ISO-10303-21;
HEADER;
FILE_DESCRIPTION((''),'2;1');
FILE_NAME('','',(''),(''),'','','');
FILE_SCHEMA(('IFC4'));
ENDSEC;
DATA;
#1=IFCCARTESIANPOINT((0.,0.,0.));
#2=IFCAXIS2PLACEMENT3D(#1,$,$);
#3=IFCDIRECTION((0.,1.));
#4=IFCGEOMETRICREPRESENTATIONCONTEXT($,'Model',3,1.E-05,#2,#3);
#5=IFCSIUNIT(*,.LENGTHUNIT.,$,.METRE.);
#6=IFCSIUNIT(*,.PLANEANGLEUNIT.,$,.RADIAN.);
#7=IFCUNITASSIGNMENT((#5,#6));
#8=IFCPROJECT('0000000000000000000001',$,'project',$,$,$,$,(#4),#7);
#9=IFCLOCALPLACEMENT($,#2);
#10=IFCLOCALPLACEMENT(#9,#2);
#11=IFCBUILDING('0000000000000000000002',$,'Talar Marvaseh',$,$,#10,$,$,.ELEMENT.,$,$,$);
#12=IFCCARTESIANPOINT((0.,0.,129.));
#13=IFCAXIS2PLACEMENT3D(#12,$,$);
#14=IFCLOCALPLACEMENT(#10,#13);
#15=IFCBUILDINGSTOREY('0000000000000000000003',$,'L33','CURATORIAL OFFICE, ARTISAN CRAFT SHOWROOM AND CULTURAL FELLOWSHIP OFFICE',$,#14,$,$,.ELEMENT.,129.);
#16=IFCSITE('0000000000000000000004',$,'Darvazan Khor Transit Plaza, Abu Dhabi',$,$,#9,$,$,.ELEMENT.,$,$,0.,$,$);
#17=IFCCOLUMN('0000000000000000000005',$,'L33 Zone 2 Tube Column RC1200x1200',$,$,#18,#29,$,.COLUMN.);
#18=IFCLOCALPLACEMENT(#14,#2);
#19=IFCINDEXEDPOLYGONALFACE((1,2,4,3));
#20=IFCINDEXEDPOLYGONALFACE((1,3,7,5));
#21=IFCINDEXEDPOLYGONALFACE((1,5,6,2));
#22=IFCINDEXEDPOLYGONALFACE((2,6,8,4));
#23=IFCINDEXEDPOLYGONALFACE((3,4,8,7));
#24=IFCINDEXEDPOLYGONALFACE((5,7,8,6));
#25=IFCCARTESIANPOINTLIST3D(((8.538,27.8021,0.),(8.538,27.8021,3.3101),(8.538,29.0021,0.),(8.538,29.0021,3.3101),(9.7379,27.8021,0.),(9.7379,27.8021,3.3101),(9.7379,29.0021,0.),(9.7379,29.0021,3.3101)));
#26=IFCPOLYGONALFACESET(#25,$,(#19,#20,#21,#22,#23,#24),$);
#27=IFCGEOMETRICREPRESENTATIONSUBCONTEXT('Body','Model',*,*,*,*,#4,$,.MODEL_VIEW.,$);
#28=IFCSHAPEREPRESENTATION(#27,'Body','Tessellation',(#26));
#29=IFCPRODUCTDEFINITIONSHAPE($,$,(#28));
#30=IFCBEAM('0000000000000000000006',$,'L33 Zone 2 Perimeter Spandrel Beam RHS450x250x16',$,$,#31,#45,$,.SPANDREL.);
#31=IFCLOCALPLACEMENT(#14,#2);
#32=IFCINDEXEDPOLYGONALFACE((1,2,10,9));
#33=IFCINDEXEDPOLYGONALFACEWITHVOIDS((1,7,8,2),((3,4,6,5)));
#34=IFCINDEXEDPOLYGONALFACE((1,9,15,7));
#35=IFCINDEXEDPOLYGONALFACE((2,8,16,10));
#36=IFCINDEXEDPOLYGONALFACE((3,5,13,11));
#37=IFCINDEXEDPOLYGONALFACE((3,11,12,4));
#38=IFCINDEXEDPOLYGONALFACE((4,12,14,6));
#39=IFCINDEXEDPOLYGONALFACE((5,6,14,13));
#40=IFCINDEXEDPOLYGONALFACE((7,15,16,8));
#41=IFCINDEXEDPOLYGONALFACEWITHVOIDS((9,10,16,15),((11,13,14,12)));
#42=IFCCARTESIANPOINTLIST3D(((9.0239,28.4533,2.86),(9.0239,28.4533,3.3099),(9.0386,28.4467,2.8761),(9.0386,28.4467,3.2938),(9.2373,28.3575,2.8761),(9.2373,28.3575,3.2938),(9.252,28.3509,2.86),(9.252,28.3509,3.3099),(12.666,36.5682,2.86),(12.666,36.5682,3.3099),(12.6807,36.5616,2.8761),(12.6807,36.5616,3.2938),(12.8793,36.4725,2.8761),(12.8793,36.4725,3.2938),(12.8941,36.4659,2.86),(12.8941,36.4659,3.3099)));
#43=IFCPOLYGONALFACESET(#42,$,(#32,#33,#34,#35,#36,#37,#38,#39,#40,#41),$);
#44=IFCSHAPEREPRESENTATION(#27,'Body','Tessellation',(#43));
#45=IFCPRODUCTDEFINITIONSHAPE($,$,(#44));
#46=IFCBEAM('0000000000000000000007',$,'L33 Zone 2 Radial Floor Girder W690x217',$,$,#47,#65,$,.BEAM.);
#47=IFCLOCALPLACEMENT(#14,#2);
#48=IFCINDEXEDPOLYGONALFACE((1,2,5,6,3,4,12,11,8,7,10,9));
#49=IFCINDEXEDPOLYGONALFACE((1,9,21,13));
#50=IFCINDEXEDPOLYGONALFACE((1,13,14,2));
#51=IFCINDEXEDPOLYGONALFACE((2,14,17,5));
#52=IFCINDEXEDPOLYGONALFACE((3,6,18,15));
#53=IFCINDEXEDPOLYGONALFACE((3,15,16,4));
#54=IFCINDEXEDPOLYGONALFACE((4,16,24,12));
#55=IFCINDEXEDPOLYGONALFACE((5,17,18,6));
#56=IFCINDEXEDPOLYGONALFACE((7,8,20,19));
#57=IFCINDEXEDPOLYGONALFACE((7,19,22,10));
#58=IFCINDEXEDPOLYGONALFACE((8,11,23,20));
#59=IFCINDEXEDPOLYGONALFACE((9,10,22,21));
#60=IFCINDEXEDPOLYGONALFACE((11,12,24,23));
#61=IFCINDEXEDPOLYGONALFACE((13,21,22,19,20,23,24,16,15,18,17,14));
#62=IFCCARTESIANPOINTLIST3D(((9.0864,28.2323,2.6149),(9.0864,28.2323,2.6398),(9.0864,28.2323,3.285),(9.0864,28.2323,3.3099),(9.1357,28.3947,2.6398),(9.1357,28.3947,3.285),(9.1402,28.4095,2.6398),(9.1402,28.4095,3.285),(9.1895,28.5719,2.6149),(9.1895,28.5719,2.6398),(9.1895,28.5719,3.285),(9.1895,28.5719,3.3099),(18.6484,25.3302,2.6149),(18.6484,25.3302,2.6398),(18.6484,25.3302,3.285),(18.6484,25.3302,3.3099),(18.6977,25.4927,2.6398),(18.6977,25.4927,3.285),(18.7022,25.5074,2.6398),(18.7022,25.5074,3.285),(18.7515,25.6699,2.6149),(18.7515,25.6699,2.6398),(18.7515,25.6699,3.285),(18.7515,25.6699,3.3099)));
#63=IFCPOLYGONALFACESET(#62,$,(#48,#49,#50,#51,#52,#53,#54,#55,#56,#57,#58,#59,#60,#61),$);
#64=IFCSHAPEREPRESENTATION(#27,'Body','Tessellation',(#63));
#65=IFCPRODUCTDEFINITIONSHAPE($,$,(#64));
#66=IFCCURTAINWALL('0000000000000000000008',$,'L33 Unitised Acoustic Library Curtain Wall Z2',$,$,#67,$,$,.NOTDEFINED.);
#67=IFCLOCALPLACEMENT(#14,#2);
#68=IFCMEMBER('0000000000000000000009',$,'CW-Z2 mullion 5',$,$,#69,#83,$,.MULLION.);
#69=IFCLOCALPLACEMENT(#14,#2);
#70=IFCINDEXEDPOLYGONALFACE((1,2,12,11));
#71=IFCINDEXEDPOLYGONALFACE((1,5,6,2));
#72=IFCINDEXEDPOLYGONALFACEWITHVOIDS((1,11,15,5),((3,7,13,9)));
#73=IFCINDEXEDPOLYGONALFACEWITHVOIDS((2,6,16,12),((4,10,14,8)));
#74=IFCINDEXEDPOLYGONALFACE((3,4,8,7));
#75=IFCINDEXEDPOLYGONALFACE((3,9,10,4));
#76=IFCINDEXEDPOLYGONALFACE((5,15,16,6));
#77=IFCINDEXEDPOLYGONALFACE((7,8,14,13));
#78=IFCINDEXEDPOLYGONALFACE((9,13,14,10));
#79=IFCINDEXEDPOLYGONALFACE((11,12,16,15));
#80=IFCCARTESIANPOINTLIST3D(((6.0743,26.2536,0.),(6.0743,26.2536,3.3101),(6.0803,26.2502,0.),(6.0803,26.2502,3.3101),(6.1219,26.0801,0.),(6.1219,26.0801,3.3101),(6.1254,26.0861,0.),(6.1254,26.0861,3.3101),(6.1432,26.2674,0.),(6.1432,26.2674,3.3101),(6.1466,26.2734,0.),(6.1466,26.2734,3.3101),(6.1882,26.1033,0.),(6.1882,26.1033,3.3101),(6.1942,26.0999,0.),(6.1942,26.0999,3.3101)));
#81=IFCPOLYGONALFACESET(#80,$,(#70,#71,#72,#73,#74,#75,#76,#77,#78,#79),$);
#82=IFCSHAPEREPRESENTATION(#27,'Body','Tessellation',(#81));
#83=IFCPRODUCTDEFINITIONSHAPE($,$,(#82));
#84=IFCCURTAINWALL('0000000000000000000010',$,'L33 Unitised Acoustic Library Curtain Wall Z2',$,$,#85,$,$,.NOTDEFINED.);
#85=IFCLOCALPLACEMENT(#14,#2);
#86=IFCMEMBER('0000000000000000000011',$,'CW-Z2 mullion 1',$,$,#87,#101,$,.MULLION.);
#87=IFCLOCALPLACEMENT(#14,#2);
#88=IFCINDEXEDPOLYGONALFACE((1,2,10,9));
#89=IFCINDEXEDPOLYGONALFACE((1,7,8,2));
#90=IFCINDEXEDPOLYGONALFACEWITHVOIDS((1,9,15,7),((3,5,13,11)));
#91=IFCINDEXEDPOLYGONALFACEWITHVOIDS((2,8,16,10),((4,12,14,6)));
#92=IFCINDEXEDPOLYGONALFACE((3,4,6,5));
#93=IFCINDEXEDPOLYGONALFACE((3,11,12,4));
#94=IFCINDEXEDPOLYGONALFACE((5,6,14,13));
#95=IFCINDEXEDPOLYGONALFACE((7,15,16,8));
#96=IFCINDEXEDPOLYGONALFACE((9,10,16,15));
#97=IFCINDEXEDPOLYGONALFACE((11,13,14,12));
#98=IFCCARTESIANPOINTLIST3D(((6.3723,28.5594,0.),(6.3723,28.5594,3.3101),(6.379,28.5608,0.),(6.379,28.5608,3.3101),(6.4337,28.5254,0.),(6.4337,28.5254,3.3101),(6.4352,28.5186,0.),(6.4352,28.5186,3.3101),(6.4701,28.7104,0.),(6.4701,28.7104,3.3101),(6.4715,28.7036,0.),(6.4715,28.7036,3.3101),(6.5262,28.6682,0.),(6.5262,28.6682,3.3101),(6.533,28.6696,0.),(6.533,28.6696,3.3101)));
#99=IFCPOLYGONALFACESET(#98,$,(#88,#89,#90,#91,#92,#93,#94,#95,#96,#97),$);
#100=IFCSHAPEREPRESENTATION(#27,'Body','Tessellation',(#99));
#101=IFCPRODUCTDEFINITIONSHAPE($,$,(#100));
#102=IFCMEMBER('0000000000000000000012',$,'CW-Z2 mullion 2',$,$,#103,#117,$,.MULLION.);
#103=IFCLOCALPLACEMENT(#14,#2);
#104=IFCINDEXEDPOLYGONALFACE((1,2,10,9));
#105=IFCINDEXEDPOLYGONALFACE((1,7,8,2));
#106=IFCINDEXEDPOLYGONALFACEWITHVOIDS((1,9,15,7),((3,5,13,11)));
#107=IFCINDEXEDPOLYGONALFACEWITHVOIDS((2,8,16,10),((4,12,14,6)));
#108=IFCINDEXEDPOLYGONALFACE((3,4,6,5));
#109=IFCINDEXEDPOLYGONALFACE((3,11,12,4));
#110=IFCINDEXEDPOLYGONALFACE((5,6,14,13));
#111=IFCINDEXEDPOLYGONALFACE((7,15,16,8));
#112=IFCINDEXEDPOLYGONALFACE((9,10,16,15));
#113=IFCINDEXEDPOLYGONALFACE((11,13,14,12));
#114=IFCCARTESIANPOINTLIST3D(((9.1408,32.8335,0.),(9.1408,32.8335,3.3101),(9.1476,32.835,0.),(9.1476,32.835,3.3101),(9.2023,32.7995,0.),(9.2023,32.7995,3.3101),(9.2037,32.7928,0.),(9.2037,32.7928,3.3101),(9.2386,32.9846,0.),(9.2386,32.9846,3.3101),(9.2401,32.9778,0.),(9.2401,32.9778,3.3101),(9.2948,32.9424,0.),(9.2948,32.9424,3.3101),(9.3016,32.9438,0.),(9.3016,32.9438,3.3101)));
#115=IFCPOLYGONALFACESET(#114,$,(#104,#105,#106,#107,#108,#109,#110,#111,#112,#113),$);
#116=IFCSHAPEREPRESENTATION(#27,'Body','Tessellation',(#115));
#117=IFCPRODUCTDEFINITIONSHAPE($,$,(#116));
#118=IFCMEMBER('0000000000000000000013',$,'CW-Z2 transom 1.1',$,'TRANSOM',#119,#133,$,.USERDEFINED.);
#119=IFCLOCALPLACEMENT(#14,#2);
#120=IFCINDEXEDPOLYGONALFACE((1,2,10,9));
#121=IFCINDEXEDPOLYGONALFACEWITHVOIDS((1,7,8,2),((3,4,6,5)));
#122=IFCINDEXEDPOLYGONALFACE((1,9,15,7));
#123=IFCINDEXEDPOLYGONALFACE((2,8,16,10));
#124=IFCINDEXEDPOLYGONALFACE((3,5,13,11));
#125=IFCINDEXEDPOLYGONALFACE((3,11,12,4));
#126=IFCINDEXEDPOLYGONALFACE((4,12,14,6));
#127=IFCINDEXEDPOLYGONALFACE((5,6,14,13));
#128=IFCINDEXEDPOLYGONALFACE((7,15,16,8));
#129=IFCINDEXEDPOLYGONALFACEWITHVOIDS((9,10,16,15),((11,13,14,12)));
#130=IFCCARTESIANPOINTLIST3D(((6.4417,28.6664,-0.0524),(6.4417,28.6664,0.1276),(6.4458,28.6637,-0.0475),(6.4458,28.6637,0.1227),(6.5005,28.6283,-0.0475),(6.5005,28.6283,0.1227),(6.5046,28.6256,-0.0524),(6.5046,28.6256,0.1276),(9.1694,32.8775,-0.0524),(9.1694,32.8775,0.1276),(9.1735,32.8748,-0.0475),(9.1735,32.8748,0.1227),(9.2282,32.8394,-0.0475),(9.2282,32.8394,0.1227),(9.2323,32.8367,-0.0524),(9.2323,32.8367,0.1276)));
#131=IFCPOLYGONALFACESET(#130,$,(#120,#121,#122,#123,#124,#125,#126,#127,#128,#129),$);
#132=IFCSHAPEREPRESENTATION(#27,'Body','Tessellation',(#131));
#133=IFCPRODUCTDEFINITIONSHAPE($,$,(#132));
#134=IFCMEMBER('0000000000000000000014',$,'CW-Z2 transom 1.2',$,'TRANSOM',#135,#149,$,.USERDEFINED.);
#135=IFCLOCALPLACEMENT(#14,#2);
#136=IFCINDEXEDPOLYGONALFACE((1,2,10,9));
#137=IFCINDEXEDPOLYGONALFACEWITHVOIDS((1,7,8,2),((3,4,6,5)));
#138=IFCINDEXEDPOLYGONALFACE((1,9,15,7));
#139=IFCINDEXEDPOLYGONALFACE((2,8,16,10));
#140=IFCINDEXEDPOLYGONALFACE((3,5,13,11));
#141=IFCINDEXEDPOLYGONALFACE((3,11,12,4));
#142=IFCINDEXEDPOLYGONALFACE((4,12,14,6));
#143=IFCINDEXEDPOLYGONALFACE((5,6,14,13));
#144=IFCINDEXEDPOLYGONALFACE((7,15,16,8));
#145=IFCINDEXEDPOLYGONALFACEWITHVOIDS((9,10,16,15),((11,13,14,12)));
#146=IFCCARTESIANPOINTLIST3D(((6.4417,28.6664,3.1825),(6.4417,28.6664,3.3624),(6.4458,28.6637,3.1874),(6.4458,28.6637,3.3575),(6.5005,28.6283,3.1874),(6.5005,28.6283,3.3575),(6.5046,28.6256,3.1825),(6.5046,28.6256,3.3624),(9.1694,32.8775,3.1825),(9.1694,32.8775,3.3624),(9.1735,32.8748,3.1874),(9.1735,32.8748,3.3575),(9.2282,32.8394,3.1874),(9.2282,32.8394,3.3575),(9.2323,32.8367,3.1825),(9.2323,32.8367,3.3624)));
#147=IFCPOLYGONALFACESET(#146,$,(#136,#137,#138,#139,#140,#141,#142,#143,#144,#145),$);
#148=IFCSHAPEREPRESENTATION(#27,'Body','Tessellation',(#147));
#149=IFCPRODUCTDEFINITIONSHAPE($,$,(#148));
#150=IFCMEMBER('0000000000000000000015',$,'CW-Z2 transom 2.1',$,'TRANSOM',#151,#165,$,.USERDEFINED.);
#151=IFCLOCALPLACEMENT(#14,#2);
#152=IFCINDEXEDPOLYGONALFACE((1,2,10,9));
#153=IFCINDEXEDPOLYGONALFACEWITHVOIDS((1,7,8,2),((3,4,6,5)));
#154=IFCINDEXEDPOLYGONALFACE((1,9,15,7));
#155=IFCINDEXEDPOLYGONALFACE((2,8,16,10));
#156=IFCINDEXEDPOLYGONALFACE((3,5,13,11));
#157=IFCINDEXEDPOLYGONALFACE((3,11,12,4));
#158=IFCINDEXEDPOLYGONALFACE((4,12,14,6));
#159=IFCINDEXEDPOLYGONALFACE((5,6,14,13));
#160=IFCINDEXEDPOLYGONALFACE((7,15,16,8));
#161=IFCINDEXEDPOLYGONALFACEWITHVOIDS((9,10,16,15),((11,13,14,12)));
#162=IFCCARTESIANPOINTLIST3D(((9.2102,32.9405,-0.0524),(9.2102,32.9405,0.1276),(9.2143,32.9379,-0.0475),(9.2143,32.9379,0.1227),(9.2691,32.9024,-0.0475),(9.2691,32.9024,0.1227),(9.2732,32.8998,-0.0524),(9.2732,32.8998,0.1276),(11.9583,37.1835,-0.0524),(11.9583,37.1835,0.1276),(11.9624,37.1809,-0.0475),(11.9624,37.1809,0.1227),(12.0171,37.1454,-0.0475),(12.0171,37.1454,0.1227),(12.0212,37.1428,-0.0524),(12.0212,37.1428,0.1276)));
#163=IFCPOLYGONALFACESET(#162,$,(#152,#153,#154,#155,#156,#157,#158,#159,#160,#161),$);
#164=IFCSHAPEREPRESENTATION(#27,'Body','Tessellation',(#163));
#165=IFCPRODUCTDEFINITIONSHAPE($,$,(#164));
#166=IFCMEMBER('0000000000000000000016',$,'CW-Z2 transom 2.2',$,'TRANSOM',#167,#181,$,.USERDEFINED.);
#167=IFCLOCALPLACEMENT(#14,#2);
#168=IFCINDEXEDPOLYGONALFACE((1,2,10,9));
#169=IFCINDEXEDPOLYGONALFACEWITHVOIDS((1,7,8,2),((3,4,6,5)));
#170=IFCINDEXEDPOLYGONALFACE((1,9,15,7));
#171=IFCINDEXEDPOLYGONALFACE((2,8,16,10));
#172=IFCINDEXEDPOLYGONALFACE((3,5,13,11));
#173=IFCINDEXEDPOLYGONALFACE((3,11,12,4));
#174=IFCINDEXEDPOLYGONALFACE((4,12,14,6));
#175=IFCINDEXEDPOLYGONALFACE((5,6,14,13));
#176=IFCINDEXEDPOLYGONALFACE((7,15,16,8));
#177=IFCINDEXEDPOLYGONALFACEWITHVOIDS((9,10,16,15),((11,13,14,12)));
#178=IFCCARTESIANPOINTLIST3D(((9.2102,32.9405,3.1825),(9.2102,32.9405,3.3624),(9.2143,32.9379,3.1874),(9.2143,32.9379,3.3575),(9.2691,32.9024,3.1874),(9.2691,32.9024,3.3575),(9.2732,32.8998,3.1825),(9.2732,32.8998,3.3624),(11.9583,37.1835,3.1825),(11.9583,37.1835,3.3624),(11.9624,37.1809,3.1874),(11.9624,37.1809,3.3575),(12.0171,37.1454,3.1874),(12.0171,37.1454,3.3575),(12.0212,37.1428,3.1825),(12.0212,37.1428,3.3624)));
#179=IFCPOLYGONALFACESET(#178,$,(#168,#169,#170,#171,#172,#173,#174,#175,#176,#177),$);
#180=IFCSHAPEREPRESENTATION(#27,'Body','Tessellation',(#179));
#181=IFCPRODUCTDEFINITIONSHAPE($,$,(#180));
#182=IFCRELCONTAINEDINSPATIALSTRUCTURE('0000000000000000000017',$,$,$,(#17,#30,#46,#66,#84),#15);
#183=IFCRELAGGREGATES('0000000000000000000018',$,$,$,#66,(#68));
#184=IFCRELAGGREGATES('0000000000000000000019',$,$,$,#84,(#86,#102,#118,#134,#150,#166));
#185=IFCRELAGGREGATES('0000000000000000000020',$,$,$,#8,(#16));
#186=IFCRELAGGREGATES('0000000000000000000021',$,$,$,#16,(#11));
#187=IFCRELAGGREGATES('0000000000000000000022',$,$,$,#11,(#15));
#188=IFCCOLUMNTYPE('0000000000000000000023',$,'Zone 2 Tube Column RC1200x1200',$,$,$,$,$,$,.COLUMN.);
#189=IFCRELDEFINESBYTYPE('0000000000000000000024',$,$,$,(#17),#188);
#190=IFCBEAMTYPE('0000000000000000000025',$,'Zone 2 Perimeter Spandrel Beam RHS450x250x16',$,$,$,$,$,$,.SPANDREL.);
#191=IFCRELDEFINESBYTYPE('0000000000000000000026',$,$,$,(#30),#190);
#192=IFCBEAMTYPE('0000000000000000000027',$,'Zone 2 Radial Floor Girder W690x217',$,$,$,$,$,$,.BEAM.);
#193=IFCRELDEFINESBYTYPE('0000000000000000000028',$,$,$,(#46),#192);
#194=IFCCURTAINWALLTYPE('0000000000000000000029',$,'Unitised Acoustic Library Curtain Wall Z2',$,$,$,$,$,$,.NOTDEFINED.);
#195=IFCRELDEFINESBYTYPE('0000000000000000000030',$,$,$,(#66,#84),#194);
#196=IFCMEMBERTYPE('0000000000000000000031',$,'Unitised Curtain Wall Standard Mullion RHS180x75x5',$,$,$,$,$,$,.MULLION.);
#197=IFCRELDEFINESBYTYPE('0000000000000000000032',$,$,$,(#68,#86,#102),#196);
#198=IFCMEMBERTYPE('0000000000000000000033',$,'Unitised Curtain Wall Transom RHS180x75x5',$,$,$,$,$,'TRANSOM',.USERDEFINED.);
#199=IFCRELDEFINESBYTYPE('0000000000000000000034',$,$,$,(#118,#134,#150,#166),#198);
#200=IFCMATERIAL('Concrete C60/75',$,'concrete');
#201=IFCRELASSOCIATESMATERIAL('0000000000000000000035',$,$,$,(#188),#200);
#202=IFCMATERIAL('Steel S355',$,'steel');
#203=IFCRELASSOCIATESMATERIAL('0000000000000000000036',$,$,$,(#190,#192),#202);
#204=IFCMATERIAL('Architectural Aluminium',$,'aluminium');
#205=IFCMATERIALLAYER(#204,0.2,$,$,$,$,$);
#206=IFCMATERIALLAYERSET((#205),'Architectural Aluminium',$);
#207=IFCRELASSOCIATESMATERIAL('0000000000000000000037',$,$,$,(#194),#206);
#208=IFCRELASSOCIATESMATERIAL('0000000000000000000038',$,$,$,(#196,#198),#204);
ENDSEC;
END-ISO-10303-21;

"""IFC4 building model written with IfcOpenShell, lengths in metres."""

from ifc_helpers import new_model, si_unit, direction, frame, origin, origin_2d, place, context, subcontext, project, spatial, rectangle, hollow_rectangle, i_section, extrude, source, transform, mapped, material, layer, layer_set, material_profile, profile_set, type_object, type_shapes, element, aggregate, save


model = new_model("IFC4")

# Units and contexts
model_context = context("Model", 3, precision=1e-05, world=origin(), true_north=direction((0.0, 1.0)))
body_context = subcontext(model_context, "Body", "Model", "MODEL_VIEW")
ifc_project = project(units=[si_unit("LENGTHUNIT", "METRE"), si_unit("PLANEANGLEUNIT", "RADIAN")], contexts=[model_context])

# Site, building, storey
site_placement = place(None, origin())
site = spatial("IfcSite", under=ifc_project, at=site_placement, Name="Darvazan Khor Transit Plaza, Abu Dhabi", CompositionType="ELEMENT", RefElevation=0.0)
building_placement = place(site_placement, origin())
building = spatial("IfcBuilding", under=site, at=building_placement, Name="Talar Marvaseh", CompositionType="ELEMENT")
storey_placement = place(building_placement, frame((0.0, 0.0, 129.0)))
storey = spatial("IfcBuildingStorey", under=building, at=storey_placement, Name="L33", Description="CURATORIAL OFFICE, ARTISAN CRAFT SHOWROOM AND CULTURAL FELLOWSHIP OFFICE", CompositionType="ELEMENT", Elevation=129.0)

# Column
ifc_material_1 = material(Name="Concrete C60/75", Category="concrete")
ifc_material_profile_1 = material_profile(ifc_material_1, rectangle(XDim=1.2, YDim=1.2, at=origin_2d()), Name="RC1200x1200")
ifc_profile_set_1 = profile_set([ifc_material_profile_1], Name="Concrete C60/75")
column_type = type_object("IfcColumnType", Name="Zone 2 Tube Column RC1200x1200", PredefinedType="COLUMN", material=ifc_profile_set_1)
column_placement = place(storey_placement, frame((9.1379, 28.4021, 0.0), z_axis=(0.0, 0.0, 1.0), x_axis=(1.0, 0.0, 0.0)))
element("IfcColumn", 1, at=column_placement, inside=storey, type_object=column_type, Name="L33 Zone 2 Tube Column RC1200x1200", PredefinedType="COLUMN", context=body_context, shape_type="SweptSolid", body=[
    extrude(rectangle(XDim=1.2, YDim=1.2, at=origin_2d()), origin(), (0.0, 0.0, 1.0), 3.3101),
])

# Beams
ifc_material_2 = material(Name="Steel S355", Category="steel")
ifc_material_profile_2 = material_profile(ifc_material_2, hollow_rectangle(XDim=0.25, YDim=0.45, WallThickness=0.0161, at=origin_2d()), Name="RHS450x250x16")
ifc_profile_set_2 = profile_set([ifc_material_profile_2], Name="Steel S355")
beam_type_1 = type_object("IfcBeamType", Name="Zone 2 Perimeter Spandrel Beam RHS450x250x16", PredefinedType="SPANDREL", material=ifc_profile_set_2)
beam_1_placement = place(storey_placement, frame((9.1379, 28.4021, 3.085), z_axis=(0.409462, 0.912327, 0.0), x_axis=(-0.912327, 0.409462, 0.0)))
element("IfcBeam", 2, at=beam_1_placement, inside=storey, type_object=beam_type_1, Name="L33 Zone 2 Perimeter Spandrel Beam RHS450x250x16", PredefinedType="SPANDREL", context=body_context, shape_type="SweptSolid", body=[
    extrude(hollow_rectangle(XDim=0.25, YDim=0.45, WallThickness=0.0161, at=origin_2d()), origin(), (0.0, 0.0, 1.0), 8.8948),
])
ifc_material_profile_3 = material_profile(ifc_material_2, i_section(OverallWidth=0.355, OverallDepth=0.6951, WebThickness=0.0154, FlangeThickness=0.0249, at=origin_2d()), Name="W690x217")
ifc_profile_set_3 = profile_set([ifc_material_profile_3], Name="Steel S355")
beam_type_2 = type_object("IfcBeamType", Name="Zone 2 Radial Floor Girder W690x217", PredefinedType="BEAM", material=ifc_profile_set_3)
beam_2_placement = place(storey_placement, frame((9.1379, 28.4021, 2.9624), z_axis=(0.956899, -0.290422, 0.0), x_axis=(0.290422, 0.956899, 0.0)))
element("IfcBeam", 3, at=beam_2_placement, inside=storey, type_object=beam_type_2, Name="L33 Zone 2 Radial Floor Girder W690x217", PredefinedType="BEAM", context=body_context, shape_type="SweptSolid", body=[
    extrude(i_section(OverallWidth=0.355, OverallDepth=0.6951, WebThickness=0.0154, FlangeThickness=0.0249, at=origin_2d()), origin(), (0.0, 0.0, 1.0), 9.9927),
])

# Curtain wall, member
ifc_material_3 = material(Name="Architectural Aluminium", Category="aluminium")
ifc_layer_1 = layer(ifc_material_3, 0.2)
ifc_layer_set_1 = layer_set([ifc_layer_1], Name="Architectural Aluminium")
curtain_wall_type = type_object("IfcCurtainWallType", Name="Unitised Acoustic Library Curtain Wall Z2", PredefinedType="NOTDEFINED", material=ifc_layer_set_1)
curtain_wall_1_placement = place(storey_placement, origin())
curtain_wall_1 = element("IfcCurtainWall", 4, at=curtain_wall_1_placement, inside=storey, type_object=curtain_wall_type, Name="L33 Unitised Acoustic Library Curtain Wall Z2", PredefinedType="NOTDEFINED")
ifc_material_profile_4 = material_profile(ifc_material_3, hollow_rectangle(XDim=0.075, YDim=0.1799, WallThickness=0.0049, at=origin_2d()), Name="RHS180x75x5")
ifc_profile_set_4 = profile_set([ifc_material_profile_4], Name="Architectural Aluminium")
member_type_1 = type_object("IfcMemberType", Name="Unitised Curtain Wall Standard Mullion RHS180x75x5", PredefinedType="MULLION", material=ifc_profile_set_4)
shared_shape_1 = source(origin(), body_context, "Body", "SweptSolid", [
    extrude(hollow_rectangle(XDim=0.075, YDim=0.1799, WallThickness=0.0049, at=origin_2d()), origin(), (0.0, 0.0, 1.0), 3.3101),
])
type_shapes(member_type_1, [shared_shape_1])
member_1_placement = place(storey_placement, frame((6.1343, 26.1768, 0.0), z_axis=(0.0, 0.0, 1.0), x_axis=(-0.964345, -0.264647, 0.0)))
member_1 = element("IfcMember", 5, at=member_1_placement, type_object=member_type_1, Name="CW-Z2 mullion 5", PredefinedType="MULLION", context=body_context, shape_type="MappedRepresentation", body=[
    mapped(shared_shape_1, transform((0.0, 0.0, 0.0), x_axis=(1.0, 0.0, 0.0), y_axis=(0.0, 1.0, 0.0), z_axis=(0.0, 0.0, 1.0), scale=1.0)),
])
aggregate(curtain_wall_1, [member_1])

# Curtain wall, members
curtain_wall_2_placement = place(storey_placement, origin())
curtain_wall_2 = element("IfcCurtainWall", 6, at=curtain_wall_2_placement, inside=storey, type_object=curtain_wall_type, Name="L33 Unitised Acoustic Library Curtain Wall Z2", PredefinedType="NOTDEFINED")
member_2_placement = place(storey_placement, frame((6.4526, 28.6145, 0.0), z_axis=(0.0, 0.0, 1.0), x_axis=(-0.839315, 0.543646, 0.0)))
member_2 = element("IfcMember", 7, at=member_2_placement, type_object=member_type_1, Name="CW-Z2 mullion 1", PredefinedType="MULLION", context=body_context, shape_type="MappedRepresentation", body=[
    mapped(shared_shape_1, transform((0.0, 0.0, 0.0), x_axis=(1.0, 0.0, 0.0), y_axis=(0.0, 1.0, 0.0), z_axis=(0.0, 0.0, 1.0), scale=1.0)),
])
member_3_placement = place(storey_placement, frame((9.2212, 32.8887, 0.0), z_axis=(0.0, 0.0, 1.0), x_axis=(-0.839315, 0.543646, 0.0)))
member_3 = element("IfcMember", 8, at=member_3_placement, type_object=member_type_1, Name="CW-Z2 mullion 2", PredefinedType="MULLION", context=body_context, shape_type="MappedRepresentation", body=[
    mapped(shared_shape_1, transform((0.0, 0.0, 0.0), x_axis=(1.0, 0.0, 0.0), y_axis=(0.0, 1.0, 0.0), z_axis=(0.0, 0.0, 1.0), scale=1.0)),
])
ifc_material_profile_5 = material_profile(ifc_material_3, hollow_rectangle(XDim=0.075, YDim=0.1799, WallThickness=0.0049, at=origin_2d()), Name="RHS180x75x5")
ifc_profile_set_5 = profile_set([ifc_material_profile_5], Name="Architectural Aluminium")
member_type_2 = type_object("IfcMemberType", Name="Unitised Curtain Wall Transom RHS180x75x5", ElementType="TRANSOM", PredefinedType="USERDEFINED", material=ifc_profile_set_5)
shared_shape_2 = source(origin(), body_context, "Body", "SweptSolid", [
    extrude(hollow_rectangle(XDim=0.075, YDim=0.1799, WallThickness=0.0049, at=origin_2d()), origin(), (0.0, 0.0, 1.0), 5.0173),
])
member_4_placement = place(storey_placement, frame((6.4731, 28.646, 0.0376), z_axis=(0.543659, 0.839306, 0.0), x_axis=(-0.839306, 0.543659, 0.0)))
member_4 = element("IfcMember", 9, at=member_4_placement, type_object=member_type_2, Name="CW-Z2 transom 1.1", ObjectType="TRANSOM", PredefinedType="USERDEFINED", context=body_context, shape_type="MappedRepresentation", body=[
    mapped(shared_shape_2, transform((0.0, 0.0, 0.0), x_axis=(1.0, 0.0, 0.0), y_axis=(0.0, 1.0, 0.0), z_axis=(0.0, 0.0, 1.0), scale=1.0)),
])
member_5_placement = place(storey_placement, frame((6.4731, 28.646, 3.2725), z_axis=(0.543659, 0.839306, 0.0), x_axis=(-0.839306, 0.543659, 0.0)))
member_5 = element("IfcMember", 10, at=member_5_placement, type_object=member_type_2, Name="CW-Z2 transom 1.2", ObjectType="TRANSOM", PredefinedType="USERDEFINED", context=body_context, shape_type="MappedRepresentation", body=[
    mapped(shared_shape_2, transform((0.0, 0.0, 0.0), x_axis=(1.0, 0.0, 0.0), y_axis=(0.0, 1.0, 0.0), z_axis=(0.0, 0.0, 1.0), scale=1.0)),
])
shared_shape_3 = source(origin(), body_context, "Body", "SweptSolid", [
    extrude(hollow_rectangle(XDim=0.075, YDim=0.1799, WallThickness=0.0049, at=origin_2d()), origin(), (0.0, 0.0, 1.0), 5.0552),
])
type_shapes(member_type_2, [shared_shape_2, shared_shape_3])
member_6_placement = place(storey_placement, frame((9.2417, 32.9202, 0.0376), z_axis=(0.543618, 0.839333, 0.0), x_axis=(-0.839333, 0.543618, 0.0)))
member_6 = element("IfcMember", 11, at=member_6_placement, type_object=member_type_2, Name="CW-Z2 transom 2.1", ObjectType="TRANSOM", PredefinedType="USERDEFINED", context=body_context, shape_type="MappedRepresentation", body=[
    mapped(shared_shape_3, transform((0.0, 0.0, 0.0), x_axis=(1.0, 0.0, 0.0), y_axis=(0.0, 1.0, 0.0), z_axis=(0.0, 0.0, 1.0), scale=1.0)),
])
member_7_placement = place(storey_placement, frame((9.2417, 32.9202, 3.2725), z_axis=(0.543618, 0.839333, 0.0), x_axis=(-0.839333, 0.543618, 0.0)))
member_7 = element("IfcMember", 12, at=member_7_placement, type_object=member_type_2, Name="CW-Z2 transom 2.2", ObjectType="TRANSOM", PredefinedType="USERDEFINED", context=body_context, shape_type="MappedRepresentation", body=[
    mapped(shared_shape_3, transform((0.0, 0.0, 0.0), x_axis=(1.0, 0.0, 0.0), y_axis=(0.0, 1.0, 0.0), z_axis=(0.0, 0.0, 1.0), scale=1.0)),
])
aggregate(curtain_wall_2, [member_2, member_3, member_4, member_5, member_6, member_7])

save(model, "model.ifc")
